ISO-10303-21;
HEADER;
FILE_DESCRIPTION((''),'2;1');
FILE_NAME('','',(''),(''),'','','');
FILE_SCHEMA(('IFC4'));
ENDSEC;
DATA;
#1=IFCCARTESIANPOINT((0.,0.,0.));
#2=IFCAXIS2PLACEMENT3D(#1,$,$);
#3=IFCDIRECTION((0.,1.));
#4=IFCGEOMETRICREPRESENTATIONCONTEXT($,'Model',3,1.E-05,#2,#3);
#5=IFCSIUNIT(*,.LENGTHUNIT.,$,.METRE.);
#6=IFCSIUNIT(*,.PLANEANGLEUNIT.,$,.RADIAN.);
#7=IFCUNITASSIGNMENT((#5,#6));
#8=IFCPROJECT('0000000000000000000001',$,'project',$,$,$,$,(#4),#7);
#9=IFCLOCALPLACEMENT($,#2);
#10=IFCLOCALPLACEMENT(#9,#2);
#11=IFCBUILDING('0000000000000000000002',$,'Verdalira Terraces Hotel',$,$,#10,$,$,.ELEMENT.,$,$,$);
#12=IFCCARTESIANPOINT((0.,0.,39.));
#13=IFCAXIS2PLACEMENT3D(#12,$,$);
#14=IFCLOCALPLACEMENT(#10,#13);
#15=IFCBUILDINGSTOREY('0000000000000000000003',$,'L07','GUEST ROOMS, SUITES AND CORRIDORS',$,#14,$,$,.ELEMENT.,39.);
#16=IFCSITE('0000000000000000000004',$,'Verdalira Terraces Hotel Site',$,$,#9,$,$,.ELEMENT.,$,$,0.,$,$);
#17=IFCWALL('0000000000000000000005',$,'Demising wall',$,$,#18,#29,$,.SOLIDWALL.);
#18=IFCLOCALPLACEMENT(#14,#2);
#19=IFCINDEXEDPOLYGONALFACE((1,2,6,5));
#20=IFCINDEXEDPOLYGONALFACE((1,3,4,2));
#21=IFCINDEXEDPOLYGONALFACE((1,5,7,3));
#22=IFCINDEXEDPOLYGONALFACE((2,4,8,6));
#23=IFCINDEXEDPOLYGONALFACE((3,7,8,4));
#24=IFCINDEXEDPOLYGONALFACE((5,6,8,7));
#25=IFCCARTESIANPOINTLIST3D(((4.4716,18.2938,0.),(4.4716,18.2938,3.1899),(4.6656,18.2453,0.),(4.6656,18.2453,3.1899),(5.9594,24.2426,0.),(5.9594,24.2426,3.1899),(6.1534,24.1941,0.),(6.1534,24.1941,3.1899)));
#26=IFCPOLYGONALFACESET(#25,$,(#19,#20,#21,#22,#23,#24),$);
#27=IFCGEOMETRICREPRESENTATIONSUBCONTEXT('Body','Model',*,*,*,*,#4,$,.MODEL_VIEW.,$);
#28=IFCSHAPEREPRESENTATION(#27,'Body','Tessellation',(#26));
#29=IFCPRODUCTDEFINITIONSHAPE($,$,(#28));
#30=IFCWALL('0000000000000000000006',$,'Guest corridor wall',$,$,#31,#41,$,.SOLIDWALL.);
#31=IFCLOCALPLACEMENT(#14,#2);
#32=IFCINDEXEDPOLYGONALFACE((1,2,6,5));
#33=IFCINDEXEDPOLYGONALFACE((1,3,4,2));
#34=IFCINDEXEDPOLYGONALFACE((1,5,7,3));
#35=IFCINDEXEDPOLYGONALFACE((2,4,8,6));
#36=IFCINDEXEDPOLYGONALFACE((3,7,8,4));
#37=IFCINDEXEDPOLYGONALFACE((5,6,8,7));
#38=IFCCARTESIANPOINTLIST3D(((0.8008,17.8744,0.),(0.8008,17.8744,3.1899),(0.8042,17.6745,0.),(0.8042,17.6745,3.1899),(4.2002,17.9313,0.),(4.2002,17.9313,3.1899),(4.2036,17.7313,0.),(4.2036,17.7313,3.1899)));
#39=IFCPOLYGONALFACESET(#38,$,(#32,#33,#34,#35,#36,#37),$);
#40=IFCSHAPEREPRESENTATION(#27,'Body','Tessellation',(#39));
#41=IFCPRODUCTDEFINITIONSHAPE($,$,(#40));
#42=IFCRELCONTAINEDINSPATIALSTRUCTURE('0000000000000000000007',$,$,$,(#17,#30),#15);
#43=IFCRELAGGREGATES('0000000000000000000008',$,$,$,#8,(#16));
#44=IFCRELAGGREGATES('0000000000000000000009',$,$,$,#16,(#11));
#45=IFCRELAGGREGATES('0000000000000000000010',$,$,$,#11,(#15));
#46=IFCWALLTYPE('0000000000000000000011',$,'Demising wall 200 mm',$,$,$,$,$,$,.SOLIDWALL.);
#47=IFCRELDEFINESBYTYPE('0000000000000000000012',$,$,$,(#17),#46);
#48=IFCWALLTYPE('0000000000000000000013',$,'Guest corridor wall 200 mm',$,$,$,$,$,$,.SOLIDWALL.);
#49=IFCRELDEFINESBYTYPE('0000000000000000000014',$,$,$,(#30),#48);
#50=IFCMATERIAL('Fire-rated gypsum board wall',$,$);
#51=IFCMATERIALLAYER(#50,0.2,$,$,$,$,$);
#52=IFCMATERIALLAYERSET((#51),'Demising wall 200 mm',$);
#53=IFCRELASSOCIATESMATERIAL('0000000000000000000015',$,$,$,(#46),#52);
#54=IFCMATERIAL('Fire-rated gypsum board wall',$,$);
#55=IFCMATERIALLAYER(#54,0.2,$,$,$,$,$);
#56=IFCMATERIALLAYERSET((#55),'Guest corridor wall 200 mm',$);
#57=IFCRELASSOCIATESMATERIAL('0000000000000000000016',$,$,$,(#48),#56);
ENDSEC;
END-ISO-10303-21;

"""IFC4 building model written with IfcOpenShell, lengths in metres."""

from ifc_helpers import new_model, si_unit, direction, frame, frame_2d, origin, place, context, subcontext, project, spatial, rectangle, extrude, material, layer, layer_set, type_object, element, save


model = new_model("IFC4")

# Units and contexts
model_context = context("Model", 3, precision=1e-05, world=origin(), true_north=direction((0.0, 1.0)))
body_context = subcontext(model_context, "Body", "Model", "MODEL_VIEW")
ifc_project = project(units=[si_unit("LENGTHUNIT", "METRE"), si_unit("PLANEANGLEUNIT", "RADIAN")], contexts=[model_context])

# Site, building, storey
site_placement = place(None, origin())
site = spatial("IfcSite", under=ifc_project, at=site_placement, Name="Verdalira Terraces Hotel Site", CompositionType="ELEMENT", RefElevation=0.0)
building_placement = place(site_placement, origin())
building = spatial("IfcBuilding", under=site, at=building_placement, Name="Verdalira Terraces Hotel", CompositionType="ELEMENT")
storey_placement = place(building_placement, frame((0.0, 0.0, 39.0)))
storey = spatial("IfcBuildingStorey", under=building, at=storey_placement, Name="L07", Description="GUEST ROOMS, SUITES AND CORRIDORS", CompositionType="ELEMENT", Elevation=39.0)

# Walls
ifc_material_1 = material(Name="Fire-rated gypsum board wall")
ifc_layer_1 = layer(ifc_material_1, 0.2)
ifc_layer_set_1 = layer_set([ifc_layer_1], Name="Demising wall 200 mm")
wall_type_1 = type_object("IfcWallType", Name="Demising wall 200 mm", PredefinedType="SOLIDWALL", material=ifc_layer_set_1)
wall_1_placement = place(storey_placement, frame((6.0564, 24.2183, 0.0), z_axis=(0.0, 0.0, 1.0), x_axis=(-0.242629, -0.970119, 0.0)))
element("IfcWall", 1, at=wall_1_placement, inside=storey, type_object=wall_type_1, Name="Demising wall", PredefinedType="SOLIDWALL", context=body_context, shape_type="SweptSolid", body=[
    extrude(rectangle(XDim=6.1321, YDim=0.2, at=frame_2d((3.0659, 0.0))), origin(), (0.0, 0.0, 1.0), 3.1899),
])
ifc_material_2 = material(Name="Fire-rated gypsum board wall")
ifc_layer_2 = layer(ifc_material_2, 0.2)
ifc_layer_set_2 = layer_set([ifc_layer_2], Name="Guest corridor wall 200 mm")
wall_type_2 = type_object("IfcWallType", Name="Guest corridor wall 200 mm", PredefinedType="SOLIDWALL", material=ifc_layer_set_2)
wall_2_placement = place(storey_placement, frame((4.2019, 17.8313, 0.0), z_axis=(0.0, 0.0, 1.0), x_axis=(-0.99986, -0.016731, 0.0)))
element("IfcWall", 2, at=wall_2_placement, inside=storey, type_object=wall_type_2, Name="Guest corridor wall", PredefinedType="SOLIDWALL", context=body_context, shape_type="SweptSolid", body=[
    extrude(rectangle(XDim=3.3999, YDim=0.2, at=frame_2d((1.7, 0.0))), origin(), (0.0, 0.0, 1.0), 3.1899),
])

save(model, "model.ifc")
